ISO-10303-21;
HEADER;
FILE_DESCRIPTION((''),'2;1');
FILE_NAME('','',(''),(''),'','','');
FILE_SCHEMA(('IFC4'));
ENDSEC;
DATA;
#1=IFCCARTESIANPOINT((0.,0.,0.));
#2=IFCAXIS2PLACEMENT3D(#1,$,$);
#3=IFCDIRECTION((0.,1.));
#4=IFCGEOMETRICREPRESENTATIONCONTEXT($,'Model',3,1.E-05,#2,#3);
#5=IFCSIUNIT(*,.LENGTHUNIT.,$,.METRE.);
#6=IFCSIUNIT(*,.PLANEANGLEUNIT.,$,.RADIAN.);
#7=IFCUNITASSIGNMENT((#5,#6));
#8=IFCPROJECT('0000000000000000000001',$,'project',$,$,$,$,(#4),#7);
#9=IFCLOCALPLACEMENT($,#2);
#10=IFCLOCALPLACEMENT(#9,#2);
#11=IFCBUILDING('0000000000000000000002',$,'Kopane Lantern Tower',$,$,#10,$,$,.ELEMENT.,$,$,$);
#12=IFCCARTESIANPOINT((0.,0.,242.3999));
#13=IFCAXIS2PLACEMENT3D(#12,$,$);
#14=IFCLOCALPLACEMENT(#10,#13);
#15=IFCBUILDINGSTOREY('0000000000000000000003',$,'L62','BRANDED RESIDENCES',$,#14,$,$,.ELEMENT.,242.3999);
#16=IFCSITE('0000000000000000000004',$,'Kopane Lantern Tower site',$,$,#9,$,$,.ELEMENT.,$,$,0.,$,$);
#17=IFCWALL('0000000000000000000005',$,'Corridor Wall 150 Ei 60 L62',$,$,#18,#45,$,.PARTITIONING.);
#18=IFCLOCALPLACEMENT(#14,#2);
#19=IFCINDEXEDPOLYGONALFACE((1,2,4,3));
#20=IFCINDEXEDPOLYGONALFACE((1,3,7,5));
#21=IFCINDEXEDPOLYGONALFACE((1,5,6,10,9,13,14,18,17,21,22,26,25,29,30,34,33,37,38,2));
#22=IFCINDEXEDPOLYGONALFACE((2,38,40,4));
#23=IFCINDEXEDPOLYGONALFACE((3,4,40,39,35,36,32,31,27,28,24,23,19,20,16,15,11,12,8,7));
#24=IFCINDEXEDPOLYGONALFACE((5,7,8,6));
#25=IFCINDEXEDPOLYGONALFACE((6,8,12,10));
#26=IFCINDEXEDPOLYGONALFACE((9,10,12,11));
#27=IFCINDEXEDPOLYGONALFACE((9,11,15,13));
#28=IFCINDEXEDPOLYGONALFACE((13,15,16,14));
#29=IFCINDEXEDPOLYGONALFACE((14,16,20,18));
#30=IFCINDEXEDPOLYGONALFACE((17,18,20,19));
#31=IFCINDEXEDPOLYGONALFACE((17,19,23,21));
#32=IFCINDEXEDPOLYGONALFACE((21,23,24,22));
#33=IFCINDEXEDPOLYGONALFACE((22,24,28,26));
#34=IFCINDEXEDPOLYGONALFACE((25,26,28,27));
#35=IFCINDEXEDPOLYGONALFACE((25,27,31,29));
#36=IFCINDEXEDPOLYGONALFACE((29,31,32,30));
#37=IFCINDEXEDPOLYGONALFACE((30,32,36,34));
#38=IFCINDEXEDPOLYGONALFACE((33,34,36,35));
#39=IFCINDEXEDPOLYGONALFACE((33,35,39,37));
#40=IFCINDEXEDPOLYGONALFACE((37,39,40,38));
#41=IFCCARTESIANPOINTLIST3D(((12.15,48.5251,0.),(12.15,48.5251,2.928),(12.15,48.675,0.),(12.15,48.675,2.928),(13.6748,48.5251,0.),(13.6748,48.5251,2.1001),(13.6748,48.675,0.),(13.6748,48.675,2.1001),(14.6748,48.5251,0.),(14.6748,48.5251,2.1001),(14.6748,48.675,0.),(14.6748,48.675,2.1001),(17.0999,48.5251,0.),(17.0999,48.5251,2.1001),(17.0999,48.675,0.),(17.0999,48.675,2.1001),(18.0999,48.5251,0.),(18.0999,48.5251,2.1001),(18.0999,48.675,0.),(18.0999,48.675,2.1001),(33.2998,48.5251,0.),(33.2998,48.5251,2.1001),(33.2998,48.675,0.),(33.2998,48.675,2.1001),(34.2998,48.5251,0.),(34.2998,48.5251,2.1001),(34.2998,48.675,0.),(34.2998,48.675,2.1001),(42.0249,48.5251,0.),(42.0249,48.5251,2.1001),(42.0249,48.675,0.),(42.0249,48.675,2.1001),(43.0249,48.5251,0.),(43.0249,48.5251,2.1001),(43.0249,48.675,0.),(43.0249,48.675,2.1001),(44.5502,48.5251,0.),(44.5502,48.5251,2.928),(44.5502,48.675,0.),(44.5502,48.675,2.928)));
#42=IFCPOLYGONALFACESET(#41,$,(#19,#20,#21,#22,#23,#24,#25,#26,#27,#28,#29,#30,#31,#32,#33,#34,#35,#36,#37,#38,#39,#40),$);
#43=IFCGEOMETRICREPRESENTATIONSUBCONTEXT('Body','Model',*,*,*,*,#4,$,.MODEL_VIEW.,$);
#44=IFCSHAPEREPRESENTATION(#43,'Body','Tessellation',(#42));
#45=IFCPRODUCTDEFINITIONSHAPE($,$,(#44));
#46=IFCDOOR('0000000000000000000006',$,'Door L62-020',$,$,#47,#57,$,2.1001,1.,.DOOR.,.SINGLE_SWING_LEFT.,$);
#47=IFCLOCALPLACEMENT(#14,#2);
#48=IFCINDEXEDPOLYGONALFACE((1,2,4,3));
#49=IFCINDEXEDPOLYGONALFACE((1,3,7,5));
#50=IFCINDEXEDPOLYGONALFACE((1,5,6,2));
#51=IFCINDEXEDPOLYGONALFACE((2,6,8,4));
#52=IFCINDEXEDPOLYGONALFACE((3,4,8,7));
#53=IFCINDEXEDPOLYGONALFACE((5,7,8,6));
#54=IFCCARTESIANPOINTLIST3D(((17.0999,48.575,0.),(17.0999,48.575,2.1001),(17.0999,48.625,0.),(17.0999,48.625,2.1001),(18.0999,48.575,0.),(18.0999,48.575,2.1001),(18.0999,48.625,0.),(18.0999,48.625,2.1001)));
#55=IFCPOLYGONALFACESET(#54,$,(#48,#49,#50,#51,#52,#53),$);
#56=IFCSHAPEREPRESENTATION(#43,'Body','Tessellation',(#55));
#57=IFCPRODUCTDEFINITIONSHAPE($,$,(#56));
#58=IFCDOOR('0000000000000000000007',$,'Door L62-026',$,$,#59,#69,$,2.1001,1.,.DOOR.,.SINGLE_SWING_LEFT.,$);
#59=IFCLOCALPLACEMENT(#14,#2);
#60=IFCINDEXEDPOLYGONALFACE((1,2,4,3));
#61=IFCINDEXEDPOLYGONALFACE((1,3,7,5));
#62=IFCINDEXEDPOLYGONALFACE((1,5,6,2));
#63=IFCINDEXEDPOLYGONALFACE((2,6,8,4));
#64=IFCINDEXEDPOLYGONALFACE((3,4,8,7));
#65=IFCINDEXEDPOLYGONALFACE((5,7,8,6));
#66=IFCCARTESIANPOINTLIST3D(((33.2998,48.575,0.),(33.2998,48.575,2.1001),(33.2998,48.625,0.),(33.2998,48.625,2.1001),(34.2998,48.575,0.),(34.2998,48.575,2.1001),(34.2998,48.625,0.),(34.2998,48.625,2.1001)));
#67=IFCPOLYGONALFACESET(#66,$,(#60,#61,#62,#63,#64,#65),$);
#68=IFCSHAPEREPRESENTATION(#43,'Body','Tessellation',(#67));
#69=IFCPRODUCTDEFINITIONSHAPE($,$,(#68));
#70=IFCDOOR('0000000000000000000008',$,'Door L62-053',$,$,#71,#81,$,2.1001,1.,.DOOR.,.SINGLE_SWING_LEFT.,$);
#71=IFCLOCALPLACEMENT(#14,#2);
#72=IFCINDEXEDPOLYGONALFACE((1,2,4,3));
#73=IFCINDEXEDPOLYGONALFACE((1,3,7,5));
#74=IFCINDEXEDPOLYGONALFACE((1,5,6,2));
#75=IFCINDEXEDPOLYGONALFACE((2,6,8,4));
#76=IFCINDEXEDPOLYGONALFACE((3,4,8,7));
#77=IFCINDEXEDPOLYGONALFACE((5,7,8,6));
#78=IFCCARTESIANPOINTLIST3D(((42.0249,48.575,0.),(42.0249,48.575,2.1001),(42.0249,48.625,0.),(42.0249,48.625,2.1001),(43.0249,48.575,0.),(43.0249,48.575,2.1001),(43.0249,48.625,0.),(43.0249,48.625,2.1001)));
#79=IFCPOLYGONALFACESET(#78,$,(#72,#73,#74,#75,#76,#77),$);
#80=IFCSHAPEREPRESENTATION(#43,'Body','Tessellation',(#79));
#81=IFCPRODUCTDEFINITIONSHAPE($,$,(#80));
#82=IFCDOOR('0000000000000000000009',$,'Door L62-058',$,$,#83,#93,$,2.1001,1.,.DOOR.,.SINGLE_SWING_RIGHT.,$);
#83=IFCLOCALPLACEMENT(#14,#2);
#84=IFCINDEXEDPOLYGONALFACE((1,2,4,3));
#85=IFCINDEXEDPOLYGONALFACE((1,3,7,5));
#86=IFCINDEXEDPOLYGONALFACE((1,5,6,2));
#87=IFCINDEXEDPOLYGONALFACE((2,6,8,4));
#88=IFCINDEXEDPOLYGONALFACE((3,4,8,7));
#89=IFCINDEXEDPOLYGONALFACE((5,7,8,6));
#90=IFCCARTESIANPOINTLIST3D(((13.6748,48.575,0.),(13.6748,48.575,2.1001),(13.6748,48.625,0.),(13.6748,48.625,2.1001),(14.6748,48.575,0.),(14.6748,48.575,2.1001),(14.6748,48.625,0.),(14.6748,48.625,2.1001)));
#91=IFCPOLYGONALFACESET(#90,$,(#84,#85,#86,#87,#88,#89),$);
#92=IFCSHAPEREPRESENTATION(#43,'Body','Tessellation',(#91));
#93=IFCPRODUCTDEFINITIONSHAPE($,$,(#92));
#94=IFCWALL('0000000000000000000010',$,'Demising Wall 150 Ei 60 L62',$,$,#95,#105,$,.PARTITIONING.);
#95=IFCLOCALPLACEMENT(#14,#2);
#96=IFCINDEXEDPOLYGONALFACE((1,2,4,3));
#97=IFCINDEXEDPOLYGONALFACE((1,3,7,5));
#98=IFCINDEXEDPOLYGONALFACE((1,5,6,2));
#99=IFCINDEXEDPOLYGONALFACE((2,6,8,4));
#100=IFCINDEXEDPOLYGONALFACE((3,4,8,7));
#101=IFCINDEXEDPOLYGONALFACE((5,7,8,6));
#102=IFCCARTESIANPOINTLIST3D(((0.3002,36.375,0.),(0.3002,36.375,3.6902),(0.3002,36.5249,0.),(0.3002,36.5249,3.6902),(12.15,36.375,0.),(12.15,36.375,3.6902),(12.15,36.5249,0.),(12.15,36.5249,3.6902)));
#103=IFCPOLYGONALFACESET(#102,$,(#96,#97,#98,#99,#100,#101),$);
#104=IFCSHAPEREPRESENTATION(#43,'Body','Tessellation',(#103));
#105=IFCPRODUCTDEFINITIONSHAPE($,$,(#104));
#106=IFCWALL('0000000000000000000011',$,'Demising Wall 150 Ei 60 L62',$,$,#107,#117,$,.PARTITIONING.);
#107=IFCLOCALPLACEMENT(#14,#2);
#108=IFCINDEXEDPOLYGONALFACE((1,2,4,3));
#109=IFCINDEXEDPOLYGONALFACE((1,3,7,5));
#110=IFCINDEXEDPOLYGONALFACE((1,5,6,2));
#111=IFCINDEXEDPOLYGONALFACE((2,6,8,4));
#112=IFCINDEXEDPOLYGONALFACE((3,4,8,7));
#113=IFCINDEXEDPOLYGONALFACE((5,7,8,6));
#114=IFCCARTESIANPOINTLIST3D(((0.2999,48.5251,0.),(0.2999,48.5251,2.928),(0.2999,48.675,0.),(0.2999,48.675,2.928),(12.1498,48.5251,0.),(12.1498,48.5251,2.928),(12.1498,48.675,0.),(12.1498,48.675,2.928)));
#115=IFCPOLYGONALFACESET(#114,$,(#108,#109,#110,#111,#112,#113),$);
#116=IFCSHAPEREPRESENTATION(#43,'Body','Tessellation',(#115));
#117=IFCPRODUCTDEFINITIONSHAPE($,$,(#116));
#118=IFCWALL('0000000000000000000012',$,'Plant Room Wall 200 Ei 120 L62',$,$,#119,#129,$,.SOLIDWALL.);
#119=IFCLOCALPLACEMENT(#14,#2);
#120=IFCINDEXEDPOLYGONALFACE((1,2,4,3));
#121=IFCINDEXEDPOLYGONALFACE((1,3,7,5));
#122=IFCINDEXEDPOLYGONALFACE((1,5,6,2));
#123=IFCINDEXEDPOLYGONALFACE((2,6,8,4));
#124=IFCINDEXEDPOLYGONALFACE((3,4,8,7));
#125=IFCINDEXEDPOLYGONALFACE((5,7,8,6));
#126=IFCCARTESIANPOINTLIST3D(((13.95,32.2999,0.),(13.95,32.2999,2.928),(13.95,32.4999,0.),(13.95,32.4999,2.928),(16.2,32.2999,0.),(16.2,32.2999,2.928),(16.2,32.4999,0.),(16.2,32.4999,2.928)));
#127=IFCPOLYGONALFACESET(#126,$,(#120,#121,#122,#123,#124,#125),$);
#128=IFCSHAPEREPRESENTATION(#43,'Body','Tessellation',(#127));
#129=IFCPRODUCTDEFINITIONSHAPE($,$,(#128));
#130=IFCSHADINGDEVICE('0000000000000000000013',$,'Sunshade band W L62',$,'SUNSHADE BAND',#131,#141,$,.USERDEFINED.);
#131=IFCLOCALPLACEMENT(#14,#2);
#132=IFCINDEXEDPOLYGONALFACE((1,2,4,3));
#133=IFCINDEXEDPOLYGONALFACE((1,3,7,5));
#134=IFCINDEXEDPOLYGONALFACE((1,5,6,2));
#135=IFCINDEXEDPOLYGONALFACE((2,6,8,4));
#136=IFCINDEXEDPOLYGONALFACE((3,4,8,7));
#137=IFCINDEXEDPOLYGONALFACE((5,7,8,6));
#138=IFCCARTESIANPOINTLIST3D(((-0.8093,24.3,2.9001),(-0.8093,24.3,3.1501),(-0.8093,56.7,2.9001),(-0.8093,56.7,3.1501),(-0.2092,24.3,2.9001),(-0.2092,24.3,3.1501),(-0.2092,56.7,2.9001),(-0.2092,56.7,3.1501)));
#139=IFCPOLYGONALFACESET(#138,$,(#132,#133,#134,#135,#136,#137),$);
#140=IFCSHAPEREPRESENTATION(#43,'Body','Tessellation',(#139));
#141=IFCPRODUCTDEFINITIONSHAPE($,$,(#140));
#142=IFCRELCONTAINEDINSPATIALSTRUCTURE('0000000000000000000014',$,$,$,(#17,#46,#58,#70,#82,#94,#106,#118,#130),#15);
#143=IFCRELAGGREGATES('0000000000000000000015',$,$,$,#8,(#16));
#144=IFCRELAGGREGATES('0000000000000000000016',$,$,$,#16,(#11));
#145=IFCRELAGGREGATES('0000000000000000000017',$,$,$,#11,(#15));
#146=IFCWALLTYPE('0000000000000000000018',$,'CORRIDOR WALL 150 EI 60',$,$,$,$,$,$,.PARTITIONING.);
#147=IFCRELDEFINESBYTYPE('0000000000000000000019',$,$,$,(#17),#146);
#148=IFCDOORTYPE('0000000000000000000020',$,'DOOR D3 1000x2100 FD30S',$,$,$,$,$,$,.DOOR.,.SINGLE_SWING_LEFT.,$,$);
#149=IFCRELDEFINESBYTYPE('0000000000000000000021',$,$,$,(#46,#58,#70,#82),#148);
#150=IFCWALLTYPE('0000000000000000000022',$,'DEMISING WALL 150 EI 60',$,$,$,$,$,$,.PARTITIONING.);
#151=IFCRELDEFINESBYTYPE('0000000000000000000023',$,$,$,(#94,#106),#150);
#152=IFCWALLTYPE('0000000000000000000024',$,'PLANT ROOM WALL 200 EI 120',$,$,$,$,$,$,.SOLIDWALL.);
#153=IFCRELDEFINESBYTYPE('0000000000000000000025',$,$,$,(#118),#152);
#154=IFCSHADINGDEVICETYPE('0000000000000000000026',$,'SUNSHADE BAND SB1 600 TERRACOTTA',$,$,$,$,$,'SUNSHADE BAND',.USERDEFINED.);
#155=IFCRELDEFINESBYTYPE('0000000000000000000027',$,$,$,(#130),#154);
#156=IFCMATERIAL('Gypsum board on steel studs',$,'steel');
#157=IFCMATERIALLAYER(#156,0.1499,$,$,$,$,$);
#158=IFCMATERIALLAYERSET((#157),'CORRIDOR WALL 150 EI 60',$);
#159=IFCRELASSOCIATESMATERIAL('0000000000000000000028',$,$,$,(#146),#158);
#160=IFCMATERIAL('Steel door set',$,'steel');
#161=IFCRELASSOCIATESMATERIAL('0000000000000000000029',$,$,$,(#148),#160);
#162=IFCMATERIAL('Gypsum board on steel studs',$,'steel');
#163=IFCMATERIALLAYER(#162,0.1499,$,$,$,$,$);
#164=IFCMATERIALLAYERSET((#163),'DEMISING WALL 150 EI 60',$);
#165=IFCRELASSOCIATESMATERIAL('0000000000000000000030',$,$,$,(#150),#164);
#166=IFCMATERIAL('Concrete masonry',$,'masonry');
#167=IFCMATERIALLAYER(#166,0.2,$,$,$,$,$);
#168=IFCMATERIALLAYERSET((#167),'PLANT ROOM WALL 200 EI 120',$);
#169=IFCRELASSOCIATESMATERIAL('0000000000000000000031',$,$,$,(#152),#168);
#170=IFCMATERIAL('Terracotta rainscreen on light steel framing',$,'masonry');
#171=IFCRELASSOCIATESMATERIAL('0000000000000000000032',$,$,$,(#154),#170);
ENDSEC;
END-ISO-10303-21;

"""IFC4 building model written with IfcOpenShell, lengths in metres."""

from ifc_helpers import new_model, si_unit, direction, frame, frame_2d, origin, origin_2d, place, context, subcontext, project, spatial, rectangle, extrude, material, layer, layer_set, type_object, element, fill, save


model = new_model("IFC4")

# Units and contexts
model_context = context("Model", 3, precision=1e-05, world=origin(), true_north=direction((0.0, 1.0)))
body_context = subcontext(model_context, "Body", "Model", "MODEL_VIEW")
ifc_project = project(units=[si_unit("LENGTHUNIT", "METRE"), si_unit("PLANEANGLEUNIT", "RADIAN")], contexts=[model_context])

# Site, building, storey
site_placement = place(None, origin())
site = spatial("IfcSite", under=ifc_project, at=site_placement, Name="Kopane Lantern Tower site", CompositionType="ELEMENT", RefElevation=0.0)
building_placement = place(site_placement, origin())
building = spatial("IfcBuilding", under=site, at=building_placement, Name="Kopane Lantern Tower", CompositionType="ELEMENT")
storey_placement = place(building_placement, frame((0.0, 0.0, 242.3999)))
storey = spatial("IfcBuildingStorey", under=building, at=storey_placement, Name="L62", Description="BRANDED RESIDENCES", CompositionType="ELEMENT", Elevation=242.3999)

# Wall, openings, doors
ifc_material_1 = material(Name="Gypsum board on steel studs", Category="steel")
ifc_layer_1 = layer(ifc_material_1, 0.1499)
ifc_layer_set_1 = layer_set([ifc_layer_1], Name="CORRIDOR WALL 150 EI 60")
wall_type_1 = type_object("IfcWallType", Name="CORRIDOR WALL 150 EI 60", PredefinedType="PARTITIONING", material=ifc_layer_set_1)
wall_1_placement = place(storey_placement, frame((12.1499, 48.6001, 0.0), z_axis=(0.0, 0.0, 1.0), x_axis=(1.0, 0.0, 0.0)))
wall_1 = element("IfcWall", 1, at=wall_1_placement, inside=storey, type_object=wall_type_1, Name="Corridor Wall 150 Ei 60 L62", PredefinedType="PARTITIONING", context=body_context, shape_type="SweptSolid", body=[
    extrude(rectangle(XDim=32.4001, YDim=0.1499, at=frame_2d((16.2002, 0.0))), origin(), (0.0, 0.0, 1.0), 2.928),
])
opening_1_placement = place(wall_1_placement, frame((4.95, 0.0, 0.0)))
opening_1 = element("IfcOpeningElement", 2, at=opening_1_placement, cuts=wall_1, PredefinedType="OPENING", context=body_context, shape_type="SweptSolid", body=[
    extrude(rectangle(XDim=1.0, YDim=2.1001, at=frame_2d((0.5, 1.05))), frame((0.0, 0.085, 0.0), z_axis=(0.0, -1.0, 0.0), x_axis=(1.0, 0.0, 0.0)), (0.0, 0.0, 1.0), 0.1699),
])
opening_2_placement = place(wall_1_placement, frame((21.1499, 0.0, 0.0)))
opening_2 = element("IfcOpeningElement", 3, at=opening_2_placement, cuts=wall_1, PredefinedType="OPENING", context=body_context, shape_type="SweptSolid", body=[
    extrude(rectangle(XDim=1.0, YDim=2.1001, at=frame_2d((0.5, 1.05))), frame((0.0, 0.085, 0.0), z_axis=(0.0, -1.0, 0.0), x_axis=(1.0, 0.0, 0.0)), (0.0, 0.0, 1.0), 0.1699),
])
opening_3_placement = place(wall_1_placement, frame((29.875, 0.0, 0.0)))
opening_3 = element("IfcOpeningElement", 4, at=opening_3_placement, cuts=wall_1, PredefinedType="OPENING", context=body_context, shape_type="SweptSolid", body=[
    extrude(rectangle(XDim=1.0, YDim=2.1001, at=frame_2d((0.5, 1.05))), frame((0.0, 0.085, 0.0), z_axis=(0.0, -1.0, 0.0), x_axis=(1.0, 0.0, 0.0)), (0.0, 0.0, 1.0), 0.1699),
])
opening_4_placement = place(wall_1_placement, frame((1.5249, 0.0, 0.0)))
opening_4 = element("IfcOpeningElement", 5, at=opening_4_placement, cuts=wall_1, PredefinedType="OPENING", context=body_context, shape_type="SweptSolid", body=[
    extrude(rectangle(XDim=1.0, YDim=2.1001, at=frame_2d((0.5, 1.05))), frame((0.0, 0.085, 0.0), z_axis=(0.0, -1.0, 0.0), x_axis=(1.0, 0.0, 0.0)), (0.0, 0.0, 1.0), 0.1699),
])
ifc_material_2 = material(Name="Steel door set", Category="steel")
door_type_1 = type_object("IfcDoorType", Name="DOOR D3 1000x2100 FD30S", OperationType="SINGLE_SWING_LEFT", PredefinedType="DOOR", material=ifc_material_2)
door_1_placement = place(opening_1_placement, origin())
door_1 = element("IfcDoor", 6, at=door_1_placement, inside=storey, type_object=door_type_1, Name="Door L62-020", OperationType="SINGLE_SWING_LEFT", OverallHeight=2.1001, OverallWidth=1.0, PredefinedType="DOOR", context=body_context, shape_type="SweptSolid", body=[
    extrude(rectangle(XDim=1.0, YDim=2.1001, at=frame_2d((0.5, 1.05))), frame((0.0, 0.0249, 0.0), z_axis=(0.0, -1.0, 0.0), x_axis=(1.0, 0.0, 0.0)), (0.0, 0.0, 1.0), 0.05),
])
fill(opening_1, door_1)
door_2_placement = place(opening_2_placement, origin())
door_2 = element("IfcDoor", 7, at=door_2_placement, inside=storey, type_object=door_type_1, Name="Door L62-026", OperationType="SINGLE_SWING_LEFT", OverallHeight=2.1001, OverallWidth=1.0, PredefinedType="DOOR", context=body_context, shape_type="SweptSolid", body=[
    extrude(rectangle(XDim=1.0, YDim=2.1001, at=frame_2d((0.5, 1.05))), frame((0.0, 0.0249, 0.0), z_axis=(0.0, -1.0, 0.0), x_axis=(1.0, 0.0, 0.0)), (0.0, 0.0, 1.0), 0.05),
])
fill(opening_2, door_2)
door_3_placement = place(opening_3_placement, origin())
door_3 = element("IfcDoor", 8, at=door_3_placement, inside=storey, type_object=door_type_1, Name="Door L62-053", OperationType="SINGLE_SWING_LEFT", OverallHeight=2.1001, OverallWidth=1.0, PredefinedType="DOOR", context=body_context, shape_type="SweptSolid", body=[
    extrude(rectangle(XDim=1.0, YDim=2.1001, at=frame_2d((0.5, 1.05))), frame((0.0, 0.0249, 0.0), z_axis=(0.0, -1.0, 0.0), x_axis=(1.0, 0.0, 0.0)), (0.0, 0.0, 1.0), 0.05),
])
fill(opening_3, door_3)
door_4_placement = place(opening_4_placement, origin())
door_4 = element("IfcDoor", 9, at=door_4_placement, inside=storey, type_object=door_type_1, Name="Door L62-058", OperationType="SINGLE_SWING_RIGHT", OverallHeight=2.1001, OverallWidth=1.0, PredefinedType="DOOR", context=body_context, shape_type="SweptSolid", body=[
    extrude(rectangle(XDim=1.0, YDim=2.1001, at=frame_2d((0.5, 1.05))), frame((0.0, 0.0249, 0.0), z_axis=(0.0, -1.0, 0.0), x_axis=(1.0, 0.0, 0.0)), (0.0, 0.0, 1.0), 0.05),
])
fill(opening_4, door_4)

# Walls
ifc_material_3 = material(Name="Gypsum board on steel studs", Category="steel")
ifc_layer_2 = layer(ifc_material_3, 0.1499)
ifc_layer_set_2 = layer_set([ifc_layer_2], Name="DEMISING WALL 150 EI 60")
wall_type_2 = type_object("IfcWallType", Name="DEMISING WALL 150 EI 60", PredefinedType="PARTITIONING", material=ifc_layer_set_2)
wall_2_placement = place(storey_placement, frame((12.1499, 36.45, 0.0), z_axis=(0.0, 0.0, 1.0), x_axis=(-1.0, 0.0, 0.0)))
element("IfcWall", 10, at=wall_2_placement, inside=storey, type_object=wall_type_2, Name="Demising Wall 150 Ei 60 L62", PredefinedType="PARTITIONING", context=body_context, shape_type="SweptSolid", body=[
    extrude(rectangle(XDim=11.8499, YDim=0.1499, at=frame_2d((5.9248, 0.0))), origin(), (0.0, 0.0, 1.0), 3.6902),
])
wall_3_placement = place(storey_placement, frame((0.3, 48.6001, 0.0), z_axis=(0.0, 0.0, 1.0), x_axis=(1.0, 0.0, 0.0)))
element("IfcWall", 11, at=wall_3_placement, inside=storey, type_object=wall_type_2, Name="Demising Wall 150 Ei 60 L62", PredefinedType="PARTITIONING", context=body_context, shape_type="SweptSolid", body=[
    extrude(rectangle(XDim=11.8499, YDim=0.1499, at=frame_2d((5.9248, 0.0))), origin(), (0.0, 0.0, 1.0), 2.928),
])
ifc_material_4 = material(Name="Concrete masonry", Category="masonry")
ifc_layer_3 = layer(ifc_material_4, 0.2)
ifc_layer_set_3 = layer_set([ifc_layer_3], Name="PLANT ROOM WALL 200 EI 120")
wall_type_3 = type_object("IfcWallType", Name="PLANT ROOM WALL 200 EI 120", PredefinedType="SOLIDWALL", material=ifc_layer_set_3)
wall_4_placement = place(storey_placement, frame((13.95, 32.3999, 0.0), z_axis=(0.0, 0.0, 1.0), x_axis=(1.0, 0.0, 0.0)))
element("IfcWall", 12, at=wall_4_placement, inside=storey, type_object=wall_type_3, Name="Plant Room Wall 200 Ei 120 L62", PredefinedType="SOLIDWALL", context=body_context, shape_type="SweptSolid", body=[
    extrude(rectangle(XDim=2.25, YDim=0.2, at=frame_2d((1.125, 0.0))), origin(), (0.0, 0.0, 1.0), 2.928),
])

# Shading device
ifc_material_5 = material(Name="Terracotta rainscreen on light steel framing", Category="masonry")
shading_device_type = type_object("IfcShadingDeviceType", Name="SUNSHADE BAND SB1 600 TERRACOTTA", ElementType="SUNSHADE BAND", PredefinedType="USERDEFINED", material=ifc_material_5)
shading_device_placement = place(storey_placement, frame((-0.5093, 40.5, 2.9001), z_axis=(0.0, 0.0, 1.0), x_axis=(0.0, -1.0, 0.0)))
element("IfcShadingDevice", 13, at=shading_device_placement, inside=storey, type_object=shading_device_type, Name="Sunshade band W L62", ObjectType="SUNSHADE BAND", PredefinedType="USERDEFINED", context=body_context, shape_type="SweptSolid", body=[
    extrude(rectangle(XDim=32.3999, YDim=0.6001, at=origin_2d()), origin(), (0.0, 0.0, 1.0), 0.25),
])

save(model, "model.ifc")
